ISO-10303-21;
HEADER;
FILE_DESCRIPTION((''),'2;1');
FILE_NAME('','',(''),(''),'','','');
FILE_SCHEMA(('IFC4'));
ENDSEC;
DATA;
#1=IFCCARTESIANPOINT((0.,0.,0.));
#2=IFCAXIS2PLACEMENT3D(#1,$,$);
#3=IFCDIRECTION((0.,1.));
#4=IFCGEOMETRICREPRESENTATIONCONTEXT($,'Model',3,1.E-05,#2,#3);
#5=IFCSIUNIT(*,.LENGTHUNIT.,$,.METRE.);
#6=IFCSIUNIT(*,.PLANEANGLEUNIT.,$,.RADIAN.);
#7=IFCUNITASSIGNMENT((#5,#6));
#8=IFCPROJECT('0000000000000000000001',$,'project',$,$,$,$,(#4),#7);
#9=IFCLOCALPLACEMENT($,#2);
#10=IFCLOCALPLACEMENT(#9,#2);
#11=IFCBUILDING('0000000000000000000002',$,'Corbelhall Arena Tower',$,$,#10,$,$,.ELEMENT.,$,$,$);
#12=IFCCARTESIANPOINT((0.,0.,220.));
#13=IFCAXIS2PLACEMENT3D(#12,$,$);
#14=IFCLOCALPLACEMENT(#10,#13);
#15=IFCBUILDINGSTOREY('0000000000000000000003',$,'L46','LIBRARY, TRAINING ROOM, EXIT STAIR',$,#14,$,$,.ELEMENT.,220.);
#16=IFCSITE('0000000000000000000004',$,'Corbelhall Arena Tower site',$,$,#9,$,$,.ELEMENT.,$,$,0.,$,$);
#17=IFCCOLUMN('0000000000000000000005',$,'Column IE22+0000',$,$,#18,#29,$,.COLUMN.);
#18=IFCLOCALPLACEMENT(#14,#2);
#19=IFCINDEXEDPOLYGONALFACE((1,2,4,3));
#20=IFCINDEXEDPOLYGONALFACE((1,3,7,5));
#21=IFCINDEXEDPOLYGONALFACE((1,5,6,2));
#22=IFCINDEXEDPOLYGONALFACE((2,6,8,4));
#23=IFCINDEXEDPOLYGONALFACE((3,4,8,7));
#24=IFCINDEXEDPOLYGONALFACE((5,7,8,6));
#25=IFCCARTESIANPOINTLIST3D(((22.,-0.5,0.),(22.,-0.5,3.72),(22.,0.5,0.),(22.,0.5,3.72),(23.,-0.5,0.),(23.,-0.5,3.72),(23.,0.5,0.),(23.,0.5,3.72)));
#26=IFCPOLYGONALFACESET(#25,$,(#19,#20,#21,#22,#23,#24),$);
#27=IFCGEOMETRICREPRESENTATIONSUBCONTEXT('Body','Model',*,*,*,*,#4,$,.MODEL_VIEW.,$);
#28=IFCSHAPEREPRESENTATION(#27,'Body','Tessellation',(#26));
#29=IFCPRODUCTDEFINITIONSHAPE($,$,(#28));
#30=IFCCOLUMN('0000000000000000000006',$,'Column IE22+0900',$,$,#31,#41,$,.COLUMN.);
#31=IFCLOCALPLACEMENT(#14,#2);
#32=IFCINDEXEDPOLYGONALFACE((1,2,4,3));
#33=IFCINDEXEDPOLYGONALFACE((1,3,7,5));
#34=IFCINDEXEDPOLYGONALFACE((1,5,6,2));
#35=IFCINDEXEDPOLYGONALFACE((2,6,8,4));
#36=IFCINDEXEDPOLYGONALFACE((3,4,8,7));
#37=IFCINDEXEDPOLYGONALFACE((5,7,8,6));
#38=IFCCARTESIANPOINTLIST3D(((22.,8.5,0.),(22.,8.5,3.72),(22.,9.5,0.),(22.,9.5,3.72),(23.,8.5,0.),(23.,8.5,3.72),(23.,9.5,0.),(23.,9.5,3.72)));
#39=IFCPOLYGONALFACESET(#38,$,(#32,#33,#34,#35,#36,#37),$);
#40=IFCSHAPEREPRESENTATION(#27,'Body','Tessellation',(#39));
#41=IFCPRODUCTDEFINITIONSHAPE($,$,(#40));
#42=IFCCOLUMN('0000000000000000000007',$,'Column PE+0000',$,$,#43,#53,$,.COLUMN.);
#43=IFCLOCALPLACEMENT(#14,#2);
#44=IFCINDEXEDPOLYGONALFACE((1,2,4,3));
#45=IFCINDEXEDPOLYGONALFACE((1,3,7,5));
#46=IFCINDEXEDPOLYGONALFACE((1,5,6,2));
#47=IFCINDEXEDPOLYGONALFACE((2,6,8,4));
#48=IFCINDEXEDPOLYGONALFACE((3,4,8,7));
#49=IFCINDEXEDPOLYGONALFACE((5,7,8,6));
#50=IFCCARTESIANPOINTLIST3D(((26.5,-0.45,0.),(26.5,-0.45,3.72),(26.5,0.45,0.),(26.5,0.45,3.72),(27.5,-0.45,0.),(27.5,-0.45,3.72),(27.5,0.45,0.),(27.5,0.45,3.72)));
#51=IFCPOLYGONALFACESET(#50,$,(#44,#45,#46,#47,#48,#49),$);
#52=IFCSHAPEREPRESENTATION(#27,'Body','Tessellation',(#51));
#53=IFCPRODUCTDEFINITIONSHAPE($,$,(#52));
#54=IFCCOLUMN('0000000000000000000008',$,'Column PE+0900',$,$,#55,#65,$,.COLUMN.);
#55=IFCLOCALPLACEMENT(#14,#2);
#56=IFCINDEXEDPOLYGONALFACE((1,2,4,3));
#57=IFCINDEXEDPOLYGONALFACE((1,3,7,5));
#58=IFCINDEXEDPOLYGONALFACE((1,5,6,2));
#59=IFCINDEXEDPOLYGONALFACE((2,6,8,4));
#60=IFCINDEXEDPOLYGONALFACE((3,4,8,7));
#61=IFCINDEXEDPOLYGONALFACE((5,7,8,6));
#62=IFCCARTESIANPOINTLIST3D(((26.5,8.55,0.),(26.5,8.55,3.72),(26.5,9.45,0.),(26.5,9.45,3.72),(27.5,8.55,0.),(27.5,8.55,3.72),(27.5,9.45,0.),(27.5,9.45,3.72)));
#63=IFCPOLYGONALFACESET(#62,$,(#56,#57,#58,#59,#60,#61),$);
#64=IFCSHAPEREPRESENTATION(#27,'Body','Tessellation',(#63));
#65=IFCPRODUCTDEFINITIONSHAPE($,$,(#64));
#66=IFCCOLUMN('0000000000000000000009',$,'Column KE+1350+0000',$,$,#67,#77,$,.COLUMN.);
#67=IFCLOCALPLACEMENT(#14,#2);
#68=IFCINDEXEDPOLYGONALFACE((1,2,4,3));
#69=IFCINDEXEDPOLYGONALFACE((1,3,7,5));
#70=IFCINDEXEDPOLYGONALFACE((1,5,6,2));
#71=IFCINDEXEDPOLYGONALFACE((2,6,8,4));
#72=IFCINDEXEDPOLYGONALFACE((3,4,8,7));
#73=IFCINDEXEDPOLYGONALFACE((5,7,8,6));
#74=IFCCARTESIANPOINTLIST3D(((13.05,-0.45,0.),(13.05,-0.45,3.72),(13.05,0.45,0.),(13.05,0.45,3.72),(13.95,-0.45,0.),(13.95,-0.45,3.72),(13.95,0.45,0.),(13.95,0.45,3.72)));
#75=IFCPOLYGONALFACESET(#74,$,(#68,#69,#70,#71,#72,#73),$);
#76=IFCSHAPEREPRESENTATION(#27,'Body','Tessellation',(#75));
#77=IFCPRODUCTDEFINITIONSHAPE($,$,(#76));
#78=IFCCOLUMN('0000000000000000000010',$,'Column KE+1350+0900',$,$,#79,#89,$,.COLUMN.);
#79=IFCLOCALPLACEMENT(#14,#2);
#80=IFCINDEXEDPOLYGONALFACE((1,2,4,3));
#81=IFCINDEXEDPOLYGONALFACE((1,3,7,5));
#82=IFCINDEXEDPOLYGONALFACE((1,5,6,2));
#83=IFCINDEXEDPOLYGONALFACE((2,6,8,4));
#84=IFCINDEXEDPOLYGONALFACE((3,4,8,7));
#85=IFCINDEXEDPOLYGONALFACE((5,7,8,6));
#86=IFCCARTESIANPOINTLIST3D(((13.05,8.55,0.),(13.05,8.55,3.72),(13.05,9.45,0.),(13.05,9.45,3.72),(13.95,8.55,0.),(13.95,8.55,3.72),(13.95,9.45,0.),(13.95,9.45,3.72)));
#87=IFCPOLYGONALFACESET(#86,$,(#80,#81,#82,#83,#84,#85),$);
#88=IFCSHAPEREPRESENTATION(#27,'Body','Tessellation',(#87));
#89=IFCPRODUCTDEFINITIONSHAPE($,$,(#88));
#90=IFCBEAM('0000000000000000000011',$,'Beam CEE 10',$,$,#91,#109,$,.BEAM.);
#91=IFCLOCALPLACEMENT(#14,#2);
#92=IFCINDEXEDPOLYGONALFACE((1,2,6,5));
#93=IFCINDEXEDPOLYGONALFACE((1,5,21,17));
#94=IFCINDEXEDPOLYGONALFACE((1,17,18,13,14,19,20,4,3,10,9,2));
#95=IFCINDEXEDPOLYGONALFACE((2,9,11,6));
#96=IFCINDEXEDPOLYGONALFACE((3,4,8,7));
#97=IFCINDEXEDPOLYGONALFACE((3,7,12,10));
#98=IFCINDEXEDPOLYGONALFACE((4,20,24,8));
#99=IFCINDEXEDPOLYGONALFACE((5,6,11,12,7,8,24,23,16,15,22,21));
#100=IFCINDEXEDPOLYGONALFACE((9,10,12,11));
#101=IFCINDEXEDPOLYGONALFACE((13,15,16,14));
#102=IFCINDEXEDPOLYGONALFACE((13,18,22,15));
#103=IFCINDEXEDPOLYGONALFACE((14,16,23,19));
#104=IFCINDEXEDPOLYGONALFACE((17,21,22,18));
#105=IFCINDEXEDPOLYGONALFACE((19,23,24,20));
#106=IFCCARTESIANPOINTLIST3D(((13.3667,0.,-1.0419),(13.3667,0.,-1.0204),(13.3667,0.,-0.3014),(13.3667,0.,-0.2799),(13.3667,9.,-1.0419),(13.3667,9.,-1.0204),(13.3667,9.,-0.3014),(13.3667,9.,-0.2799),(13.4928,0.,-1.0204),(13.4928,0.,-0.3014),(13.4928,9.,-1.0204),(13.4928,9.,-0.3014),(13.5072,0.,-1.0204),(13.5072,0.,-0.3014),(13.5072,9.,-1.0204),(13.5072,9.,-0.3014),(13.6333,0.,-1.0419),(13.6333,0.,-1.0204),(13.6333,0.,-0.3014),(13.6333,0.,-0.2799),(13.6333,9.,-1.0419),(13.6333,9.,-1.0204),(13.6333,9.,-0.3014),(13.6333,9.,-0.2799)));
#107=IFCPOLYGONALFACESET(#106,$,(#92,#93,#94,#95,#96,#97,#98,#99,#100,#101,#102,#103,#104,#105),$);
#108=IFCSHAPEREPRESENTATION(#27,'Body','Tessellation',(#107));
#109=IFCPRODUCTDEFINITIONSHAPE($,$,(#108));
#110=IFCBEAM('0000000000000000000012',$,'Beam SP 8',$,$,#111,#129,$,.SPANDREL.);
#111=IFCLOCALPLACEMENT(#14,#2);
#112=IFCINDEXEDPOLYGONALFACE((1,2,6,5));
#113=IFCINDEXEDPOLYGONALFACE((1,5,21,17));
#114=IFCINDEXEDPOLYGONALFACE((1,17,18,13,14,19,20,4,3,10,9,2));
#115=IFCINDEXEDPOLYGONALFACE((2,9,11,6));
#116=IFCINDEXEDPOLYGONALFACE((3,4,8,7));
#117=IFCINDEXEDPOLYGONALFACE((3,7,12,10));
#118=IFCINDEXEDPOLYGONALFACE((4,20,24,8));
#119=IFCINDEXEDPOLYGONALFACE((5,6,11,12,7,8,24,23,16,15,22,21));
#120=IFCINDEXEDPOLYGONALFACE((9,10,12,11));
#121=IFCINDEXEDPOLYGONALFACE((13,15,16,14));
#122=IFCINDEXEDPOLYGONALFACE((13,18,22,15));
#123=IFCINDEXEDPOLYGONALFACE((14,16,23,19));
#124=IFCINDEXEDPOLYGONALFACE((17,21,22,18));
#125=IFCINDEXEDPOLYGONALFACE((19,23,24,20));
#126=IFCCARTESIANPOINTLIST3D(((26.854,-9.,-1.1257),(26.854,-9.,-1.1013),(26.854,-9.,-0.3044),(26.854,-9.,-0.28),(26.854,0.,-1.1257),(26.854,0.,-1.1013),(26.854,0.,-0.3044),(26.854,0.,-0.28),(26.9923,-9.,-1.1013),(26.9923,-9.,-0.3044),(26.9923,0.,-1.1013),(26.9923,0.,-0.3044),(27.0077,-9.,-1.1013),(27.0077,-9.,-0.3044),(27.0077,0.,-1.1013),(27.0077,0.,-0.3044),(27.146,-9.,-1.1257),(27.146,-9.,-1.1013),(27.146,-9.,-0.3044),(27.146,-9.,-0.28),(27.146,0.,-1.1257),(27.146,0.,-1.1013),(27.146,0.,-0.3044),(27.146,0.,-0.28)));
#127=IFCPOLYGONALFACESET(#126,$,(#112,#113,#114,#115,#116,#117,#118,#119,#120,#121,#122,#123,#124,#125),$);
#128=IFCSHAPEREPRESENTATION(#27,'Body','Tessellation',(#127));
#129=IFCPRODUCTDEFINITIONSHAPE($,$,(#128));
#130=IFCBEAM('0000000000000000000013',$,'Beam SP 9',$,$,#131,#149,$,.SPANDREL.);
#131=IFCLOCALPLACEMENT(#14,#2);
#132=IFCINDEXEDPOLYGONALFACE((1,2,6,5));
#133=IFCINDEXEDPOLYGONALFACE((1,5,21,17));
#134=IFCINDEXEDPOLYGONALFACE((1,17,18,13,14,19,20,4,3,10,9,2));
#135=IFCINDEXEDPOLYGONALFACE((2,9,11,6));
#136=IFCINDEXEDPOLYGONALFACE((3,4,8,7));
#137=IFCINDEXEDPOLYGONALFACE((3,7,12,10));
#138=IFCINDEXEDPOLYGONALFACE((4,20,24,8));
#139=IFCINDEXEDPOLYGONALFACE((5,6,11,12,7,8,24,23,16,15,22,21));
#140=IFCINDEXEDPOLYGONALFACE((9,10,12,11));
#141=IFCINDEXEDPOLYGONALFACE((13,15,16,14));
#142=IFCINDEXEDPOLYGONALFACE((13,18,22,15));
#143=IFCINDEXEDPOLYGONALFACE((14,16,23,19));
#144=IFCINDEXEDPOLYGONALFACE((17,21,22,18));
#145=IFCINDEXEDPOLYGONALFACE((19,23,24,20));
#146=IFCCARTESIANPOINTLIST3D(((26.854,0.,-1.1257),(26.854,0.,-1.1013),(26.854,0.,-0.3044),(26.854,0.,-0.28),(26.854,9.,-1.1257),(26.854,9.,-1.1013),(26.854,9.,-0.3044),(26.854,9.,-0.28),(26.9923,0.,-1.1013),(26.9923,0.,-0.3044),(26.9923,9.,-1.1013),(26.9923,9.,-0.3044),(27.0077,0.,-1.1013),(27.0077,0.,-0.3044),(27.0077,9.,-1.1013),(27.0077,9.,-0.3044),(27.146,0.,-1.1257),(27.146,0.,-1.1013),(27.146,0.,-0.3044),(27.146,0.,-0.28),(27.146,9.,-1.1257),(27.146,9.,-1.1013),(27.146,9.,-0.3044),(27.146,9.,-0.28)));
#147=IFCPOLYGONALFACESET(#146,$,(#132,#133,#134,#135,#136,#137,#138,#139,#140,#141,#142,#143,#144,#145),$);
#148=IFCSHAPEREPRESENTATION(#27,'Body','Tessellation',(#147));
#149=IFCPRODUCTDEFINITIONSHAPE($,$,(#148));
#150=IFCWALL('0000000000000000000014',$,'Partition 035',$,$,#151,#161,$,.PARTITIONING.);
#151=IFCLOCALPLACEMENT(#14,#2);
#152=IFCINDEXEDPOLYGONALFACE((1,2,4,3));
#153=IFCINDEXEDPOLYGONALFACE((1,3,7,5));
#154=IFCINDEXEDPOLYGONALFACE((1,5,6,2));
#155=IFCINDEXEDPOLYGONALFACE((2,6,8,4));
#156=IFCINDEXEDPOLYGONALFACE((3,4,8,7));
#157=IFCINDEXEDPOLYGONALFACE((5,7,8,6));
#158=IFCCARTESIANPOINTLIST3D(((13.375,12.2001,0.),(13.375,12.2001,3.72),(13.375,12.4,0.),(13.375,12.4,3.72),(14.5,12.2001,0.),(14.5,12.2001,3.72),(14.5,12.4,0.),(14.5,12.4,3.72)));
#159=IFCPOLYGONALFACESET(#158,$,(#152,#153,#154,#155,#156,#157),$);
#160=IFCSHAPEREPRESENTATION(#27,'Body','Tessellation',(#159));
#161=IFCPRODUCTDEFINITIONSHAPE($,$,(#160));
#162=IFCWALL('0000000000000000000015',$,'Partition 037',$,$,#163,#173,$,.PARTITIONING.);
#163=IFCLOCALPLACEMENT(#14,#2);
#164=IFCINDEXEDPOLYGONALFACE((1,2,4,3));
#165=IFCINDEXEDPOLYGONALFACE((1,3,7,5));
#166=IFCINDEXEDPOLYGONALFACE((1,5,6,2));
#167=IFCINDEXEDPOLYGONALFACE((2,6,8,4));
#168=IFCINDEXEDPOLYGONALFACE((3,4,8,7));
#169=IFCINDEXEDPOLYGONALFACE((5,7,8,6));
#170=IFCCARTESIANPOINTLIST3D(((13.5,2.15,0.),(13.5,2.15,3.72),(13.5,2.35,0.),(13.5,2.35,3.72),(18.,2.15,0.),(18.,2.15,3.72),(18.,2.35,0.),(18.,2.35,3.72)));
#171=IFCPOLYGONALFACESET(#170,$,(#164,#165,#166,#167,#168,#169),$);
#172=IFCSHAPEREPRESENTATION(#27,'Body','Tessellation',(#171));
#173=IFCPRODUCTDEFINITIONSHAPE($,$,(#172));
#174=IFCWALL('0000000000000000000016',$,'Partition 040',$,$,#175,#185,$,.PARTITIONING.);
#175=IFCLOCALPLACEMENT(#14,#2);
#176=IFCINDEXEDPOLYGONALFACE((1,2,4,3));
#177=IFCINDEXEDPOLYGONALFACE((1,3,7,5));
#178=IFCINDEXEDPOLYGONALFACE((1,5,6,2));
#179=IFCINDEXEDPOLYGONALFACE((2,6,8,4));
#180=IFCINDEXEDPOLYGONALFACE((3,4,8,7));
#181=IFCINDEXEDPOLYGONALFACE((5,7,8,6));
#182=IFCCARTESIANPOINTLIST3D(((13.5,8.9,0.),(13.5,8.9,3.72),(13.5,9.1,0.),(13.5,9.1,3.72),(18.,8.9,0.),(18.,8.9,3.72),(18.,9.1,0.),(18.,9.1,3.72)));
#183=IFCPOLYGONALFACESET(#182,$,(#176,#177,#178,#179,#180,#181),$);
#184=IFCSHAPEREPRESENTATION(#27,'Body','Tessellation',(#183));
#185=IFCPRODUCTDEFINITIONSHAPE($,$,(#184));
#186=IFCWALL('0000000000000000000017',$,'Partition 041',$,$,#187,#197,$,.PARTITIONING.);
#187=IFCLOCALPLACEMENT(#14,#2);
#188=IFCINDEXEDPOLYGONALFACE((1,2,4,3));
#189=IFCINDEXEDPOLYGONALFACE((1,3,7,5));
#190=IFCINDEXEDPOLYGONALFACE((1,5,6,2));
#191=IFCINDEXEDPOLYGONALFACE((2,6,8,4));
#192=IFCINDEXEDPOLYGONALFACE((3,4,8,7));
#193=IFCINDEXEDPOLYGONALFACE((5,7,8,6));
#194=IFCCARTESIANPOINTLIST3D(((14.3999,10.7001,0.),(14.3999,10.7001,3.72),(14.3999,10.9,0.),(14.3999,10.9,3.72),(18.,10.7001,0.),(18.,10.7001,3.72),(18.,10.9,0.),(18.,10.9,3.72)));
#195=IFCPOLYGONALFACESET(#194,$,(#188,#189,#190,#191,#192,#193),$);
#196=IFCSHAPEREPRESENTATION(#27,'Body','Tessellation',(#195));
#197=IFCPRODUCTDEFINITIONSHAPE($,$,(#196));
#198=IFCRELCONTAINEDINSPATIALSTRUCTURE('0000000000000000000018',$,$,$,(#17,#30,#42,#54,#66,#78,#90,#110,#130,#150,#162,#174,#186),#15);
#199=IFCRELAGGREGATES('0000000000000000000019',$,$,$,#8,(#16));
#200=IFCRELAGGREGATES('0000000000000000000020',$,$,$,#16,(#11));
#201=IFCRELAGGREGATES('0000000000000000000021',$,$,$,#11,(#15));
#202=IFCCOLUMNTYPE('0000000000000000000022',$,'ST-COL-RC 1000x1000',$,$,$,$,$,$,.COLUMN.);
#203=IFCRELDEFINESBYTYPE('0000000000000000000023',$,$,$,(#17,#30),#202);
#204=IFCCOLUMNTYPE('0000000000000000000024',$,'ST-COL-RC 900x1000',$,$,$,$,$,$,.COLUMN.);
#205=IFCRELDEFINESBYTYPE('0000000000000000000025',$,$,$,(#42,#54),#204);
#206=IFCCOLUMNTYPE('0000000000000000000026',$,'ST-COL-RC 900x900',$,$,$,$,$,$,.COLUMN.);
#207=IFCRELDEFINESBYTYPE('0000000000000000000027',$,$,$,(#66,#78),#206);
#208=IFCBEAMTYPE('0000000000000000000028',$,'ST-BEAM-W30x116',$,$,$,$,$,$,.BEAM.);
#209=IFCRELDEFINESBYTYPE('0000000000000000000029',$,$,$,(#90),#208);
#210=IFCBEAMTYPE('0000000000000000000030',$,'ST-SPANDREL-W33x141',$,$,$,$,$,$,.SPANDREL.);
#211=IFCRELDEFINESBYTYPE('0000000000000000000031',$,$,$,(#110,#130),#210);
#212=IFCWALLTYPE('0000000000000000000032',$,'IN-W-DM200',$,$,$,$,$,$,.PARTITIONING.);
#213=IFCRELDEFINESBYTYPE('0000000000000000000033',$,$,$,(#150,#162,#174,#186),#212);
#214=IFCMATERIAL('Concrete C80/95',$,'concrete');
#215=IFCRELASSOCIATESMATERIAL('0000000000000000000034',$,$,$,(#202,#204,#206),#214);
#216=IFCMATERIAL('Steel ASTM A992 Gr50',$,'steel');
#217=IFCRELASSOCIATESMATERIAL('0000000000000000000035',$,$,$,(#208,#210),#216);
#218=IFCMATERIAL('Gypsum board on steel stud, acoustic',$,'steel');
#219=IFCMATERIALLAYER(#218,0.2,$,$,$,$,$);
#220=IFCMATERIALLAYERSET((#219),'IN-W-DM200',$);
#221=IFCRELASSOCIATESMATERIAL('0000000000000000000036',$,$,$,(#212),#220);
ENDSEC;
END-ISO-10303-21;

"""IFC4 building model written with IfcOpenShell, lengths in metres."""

from ifc_helpers import new_model, si_unit, direction, frame, frame_2d, origin, origin_2d, place, context, subcontext, project, spatial, rectangle, i_section, extrude, material, layer, layer_set, material_profile, profile_set, type_object, element, save


model = new_model("IFC4")

# Units and contexts
model_context = context("Model", 3, precision=1e-05, world=origin(), true_north=direction((0.0, 1.0)))
body_context = subcontext(model_context, "Body", "Model", "MODEL_VIEW")
ifc_project = project(units=[si_unit("LENGTHUNIT", "METRE"), si_unit("PLANEANGLEUNIT", "RADIAN")], contexts=[model_context])

# Site, building, storey
site_placement = place(None, origin())
site = spatial("IfcSite", under=ifc_project, at=site_placement, Name="Corbelhall Arena Tower site", CompositionType="ELEMENT", RefElevation=0.0)
building_placement = place(site_placement, origin())
building = spatial("IfcBuilding", under=site, at=building_placement, Name="Corbelhall Arena Tower", CompositionType="ELEMENT")
storey_placement = place(building_placement, frame((0.0, 0.0, 220.0)))
storey = spatial("IfcBuildingStorey", under=building, at=storey_placement, Name="L46", Description="LIBRARY, TRAINING ROOM, EXIT STAIR", CompositionType="ELEMENT", Elevation=220.0)

# Columns
ifc_material_1 = material(Name="Concrete C80/95", Category="concrete")
ifc_material_profile_1 = material_profile(ifc_material_1, rectangle(XDim=1.0, YDim=1.0, at=origin_2d()))
ifc_profile_set_1 = profile_set([ifc_material_profile_1], Name="Concrete C80/95")
column_type_1 = type_object("IfcColumnType", Name="ST-COL-RC 1000x1000", PredefinedType="COLUMN", material=ifc_profile_set_1)
for number, where, z_axis, x_axis, name in (
    (1, (22.5, 0.0, 0.0), (0.0, 0.0, 1.0), (1.0, 0.0, 0.0), "Column IE22+0000"),
    (2, (22.5, 9.0, 0.0), (0.0, 0.0, 1.0), (1.0, 0.0, 0.0), "Column IE22+0900"),
):
    element("IfcColumn", number, at=place(storey_placement, frame(where, z_axis=z_axis, x_axis=x_axis)), inside=storey, type_object=column_type_1, Name=name, PredefinedType="COLUMN", context=body_context, shape_type="SweptSolid", body=[
        extrude(rectangle(XDim=1.0, YDim=1.0, at=origin_2d()), origin(), (0.0, 0.0, 1.0), 3.72),
    ])
ifc_material_profile_2 = material_profile(ifc_material_1, rectangle(XDim=0.8999, YDim=1.0, at=origin_2d()))
ifc_profile_set_2 = profile_set([ifc_material_profile_2], Name="Concrete C80/95")
column_type_2 = type_object("IfcColumnType", Name="ST-COL-RC 900x1000", PredefinedType="COLUMN", material=ifc_profile_set_2)
for number, where, z_axis, x_axis, name in (
    (3, (27.0, 0.0, 0.0), (0.0, 0.0, 1.0), (0.0, 1.0, 0.0), "Column PE+0000"),
    (4, (27.0, 9.0, 0.0), (0.0, 0.0, 1.0), (0.0, 1.0, 0.0), "Column PE+0900"),
):
    element("IfcColumn", number, at=place(storey_placement, frame(where, z_axis=z_axis, x_axis=x_axis)), inside=storey, type_object=column_type_2, Name=name, PredefinedType="COLUMN", context=body_context, shape_type="SweptSolid", body=[
        extrude(rectangle(XDim=0.8999, YDim=1.0, at=origin_2d()), origin(), (0.0, 0.0, 1.0), 3.72),
    ])
ifc_material_profile_3 = material_profile(ifc_material_1, rectangle(XDim=0.8999, YDim=0.8999, at=origin_2d()))
ifc_profile_set_3 = profile_set([ifc_material_profile_3], Name="Concrete C80/95")
column_type_3 = type_object("IfcColumnType", Name="ST-COL-RC 900x900", PredefinedType="COLUMN", material=ifc_profile_set_3)
for number, where, z_axis, x_axis, name in (
    (5, (13.5, 0.0, 0.0), (0.0, 0.0, 1.0), (1.0, 0.0, 0.0), "Column KE+1350+0000"),
    (6, (13.5, 9.0, 0.0), (0.0, 0.0, 1.0), (1.0, 0.0, 0.0), "Column KE+1350+0900"),
):
    element("IfcColumn", number, at=place(storey_placement, frame(where, z_axis=z_axis, x_axis=x_axis)), inside=storey, type_object=column_type_3, Name=name, PredefinedType="COLUMN", context=body_context, shape_type="SweptSolid", body=[
        extrude(rectangle(XDim=0.8999, YDim=0.8999, at=origin_2d()), origin(), (0.0, 0.0, 1.0), 3.72),
    ])

# Beams
ifc_material_2 = material(Name="Steel ASTM A992 Gr50", Category="steel")
ifc_material_profile_4 = material_profile(ifc_material_2, i_section(OverallWidth=0.2666, OverallDepth=0.762, WebThickness=0.0144, FlangeThickness=0.0215, at=origin_2d()))
ifc_profile_set_4 = profile_set([ifc_material_profile_4], Name="Steel ASTM A992 Gr50")
beam_type_1 = type_object("IfcBeamType", Name="ST-BEAM-W30x116", PredefinedType="BEAM", material=ifc_profile_set_4)
beam_placement = place(storey_placement, frame((13.5, 0.0, -0.6609), z_axis=(0.0, 1.0, 0.0), x_axis=(-1.0, 0.0, 0.0)))
element("IfcBeam", 7, at=beam_placement, inside=storey, type_object=beam_type_1, Name="Beam CEE 10", PredefinedType="BEAM", context=body_context, shape_type="SweptSolid", body=[
    extrude(i_section(OverallWidth=0.2666, OverallDepth=0.762, WebThickness=0.0144, FlangeThickness=0.0215, at=origin_2d()), origin(), (0.0, 0.0, 1.0), 9.0),
])
ifc_material_profile_5 = material_profile(ifc_material_2, i_section(OverallWidth=0.292, OverallDepth=0.8457, WebThickness=0.0154, FlangeThickness=0.0244, at=origin_2d()))
ifc_profile_set_5 = profile_set([ifc_material_profile_5], Name="Steel ASTM A992 Gr50")
beam_type_2 = type_object("IfcBeamType", Name="ST-SPANDREL-W33x141", PredefinedType="SPANDREL", material=ifc_profile_set_5)
for number, where, z_axis, x_axis, name in (
    (8, (27.0, 0.0, -0.7029), (0.0, -1.0, 0.0), (1.0, 0.0, 0.0), "Beam SP 8"),
    (9, (27.0, 9.0, -0.7029), (0.0, -1.0, 0.0), (1.0, 0.0, 0.0), "Beam SP 9"),
):
    element("IfcBeam", number, at=place(storey_placement, frame(where, z_axis=z_axis, x_axis=x_axis)), inside=storey, type_object=beam_type_2, Name=name, PredefinedType="SPANDREL", context=body_context, shape_type="SweptSolid", body=[
        extrude(i_section(OverallWidth=0.292, OverallDepth=0.8457, WebThickness=0.0154, FlangeThickness=0.0244, at=origin_2d()), origin(), (0.0, 0.0, 1.0), 9.0),
    ])

# Walls
ifc_material_3 = material(Name="Gypsum board on steel stud, acoustic", Category="steel")
ifc_layer_1 = layer(ifc_material_3, 0.2)
ifc_layer_set_1 = layer_set([ifc_layer_1], Name="IN-W-DM200")
wall_type_1 = type_object("IfcWallType", Name="IN-W-DM200", PredefinedType="PARTITIONING", material=ifc_layer_set_1)
wall_1_placement = place(storey_placement, frame((13.375, 12.3, 0.0), z_axis=(0.0, 0.0, 1.0), x_axis=(1.0, 0.0, 0.0)))
element("IfcWall", 10, at=wall_1_placement, inside=storey, type_object=wall_type_1, Name="Partition 035", PredefinedType="PARTITIONING", context=body_context, shape_type="SweptSolid", body=[
    extrude(rectangle(XDim=1.125, YDim=0.2, at=frame_2d((0.5625, 0.0))), origin(), (0.0, 0.0, 1.0), 3.72),
])
for number, where, z_axis, x_axis, name in (
    (11, (13.5, 2.25, 0.0), (0.0, 0.0, 1.0), (1.0, 0.0, 0.0), "Partition 037"),
    (12, (18.0, 9.0, 0.0), (0.0, 0.0, 1.0), (-1.0, 0.0, 0.0), "Partition 040"),
):
    element("IfcWall", number, at=place(storey_placement, frame(where, z_axis=z_axis, x_axis=x_axis)), inside=storey, type_object=wall_type_1, Name=name, PredefinedType="PARTITIONING", context=body_context, shape_type="SweptSolid", body=[
        extrude(rectangle(XDim=4.5, YDim=0.2, at=frame_2d((2.25, 0.0))), origin(), (0.0, 0.0, 1.0), 3.72),
    ])
wall_2_placement = place(storey_placement, frame((14.3999, 10.8, 0.0), z_axis=(0.0, 0.0, 1.0), x_axis=(1.0, 0.0, 0.0)))
element("IfcWall", 13, at=wall_2_placement, inside=storey, type_object=wall_type_1, Name="Partition 041", PredefinedType="PARTITIONING", context=body_context, shape_type="SweptSolid", body=[
    extrude(rectangle(XDim=3.6001, YDim=0.2, at=frame_2d((1.8, 0.0))), origin(), (0.0, 0.0, 1.0), 3.72),
])

save(model, "model.ifc")
